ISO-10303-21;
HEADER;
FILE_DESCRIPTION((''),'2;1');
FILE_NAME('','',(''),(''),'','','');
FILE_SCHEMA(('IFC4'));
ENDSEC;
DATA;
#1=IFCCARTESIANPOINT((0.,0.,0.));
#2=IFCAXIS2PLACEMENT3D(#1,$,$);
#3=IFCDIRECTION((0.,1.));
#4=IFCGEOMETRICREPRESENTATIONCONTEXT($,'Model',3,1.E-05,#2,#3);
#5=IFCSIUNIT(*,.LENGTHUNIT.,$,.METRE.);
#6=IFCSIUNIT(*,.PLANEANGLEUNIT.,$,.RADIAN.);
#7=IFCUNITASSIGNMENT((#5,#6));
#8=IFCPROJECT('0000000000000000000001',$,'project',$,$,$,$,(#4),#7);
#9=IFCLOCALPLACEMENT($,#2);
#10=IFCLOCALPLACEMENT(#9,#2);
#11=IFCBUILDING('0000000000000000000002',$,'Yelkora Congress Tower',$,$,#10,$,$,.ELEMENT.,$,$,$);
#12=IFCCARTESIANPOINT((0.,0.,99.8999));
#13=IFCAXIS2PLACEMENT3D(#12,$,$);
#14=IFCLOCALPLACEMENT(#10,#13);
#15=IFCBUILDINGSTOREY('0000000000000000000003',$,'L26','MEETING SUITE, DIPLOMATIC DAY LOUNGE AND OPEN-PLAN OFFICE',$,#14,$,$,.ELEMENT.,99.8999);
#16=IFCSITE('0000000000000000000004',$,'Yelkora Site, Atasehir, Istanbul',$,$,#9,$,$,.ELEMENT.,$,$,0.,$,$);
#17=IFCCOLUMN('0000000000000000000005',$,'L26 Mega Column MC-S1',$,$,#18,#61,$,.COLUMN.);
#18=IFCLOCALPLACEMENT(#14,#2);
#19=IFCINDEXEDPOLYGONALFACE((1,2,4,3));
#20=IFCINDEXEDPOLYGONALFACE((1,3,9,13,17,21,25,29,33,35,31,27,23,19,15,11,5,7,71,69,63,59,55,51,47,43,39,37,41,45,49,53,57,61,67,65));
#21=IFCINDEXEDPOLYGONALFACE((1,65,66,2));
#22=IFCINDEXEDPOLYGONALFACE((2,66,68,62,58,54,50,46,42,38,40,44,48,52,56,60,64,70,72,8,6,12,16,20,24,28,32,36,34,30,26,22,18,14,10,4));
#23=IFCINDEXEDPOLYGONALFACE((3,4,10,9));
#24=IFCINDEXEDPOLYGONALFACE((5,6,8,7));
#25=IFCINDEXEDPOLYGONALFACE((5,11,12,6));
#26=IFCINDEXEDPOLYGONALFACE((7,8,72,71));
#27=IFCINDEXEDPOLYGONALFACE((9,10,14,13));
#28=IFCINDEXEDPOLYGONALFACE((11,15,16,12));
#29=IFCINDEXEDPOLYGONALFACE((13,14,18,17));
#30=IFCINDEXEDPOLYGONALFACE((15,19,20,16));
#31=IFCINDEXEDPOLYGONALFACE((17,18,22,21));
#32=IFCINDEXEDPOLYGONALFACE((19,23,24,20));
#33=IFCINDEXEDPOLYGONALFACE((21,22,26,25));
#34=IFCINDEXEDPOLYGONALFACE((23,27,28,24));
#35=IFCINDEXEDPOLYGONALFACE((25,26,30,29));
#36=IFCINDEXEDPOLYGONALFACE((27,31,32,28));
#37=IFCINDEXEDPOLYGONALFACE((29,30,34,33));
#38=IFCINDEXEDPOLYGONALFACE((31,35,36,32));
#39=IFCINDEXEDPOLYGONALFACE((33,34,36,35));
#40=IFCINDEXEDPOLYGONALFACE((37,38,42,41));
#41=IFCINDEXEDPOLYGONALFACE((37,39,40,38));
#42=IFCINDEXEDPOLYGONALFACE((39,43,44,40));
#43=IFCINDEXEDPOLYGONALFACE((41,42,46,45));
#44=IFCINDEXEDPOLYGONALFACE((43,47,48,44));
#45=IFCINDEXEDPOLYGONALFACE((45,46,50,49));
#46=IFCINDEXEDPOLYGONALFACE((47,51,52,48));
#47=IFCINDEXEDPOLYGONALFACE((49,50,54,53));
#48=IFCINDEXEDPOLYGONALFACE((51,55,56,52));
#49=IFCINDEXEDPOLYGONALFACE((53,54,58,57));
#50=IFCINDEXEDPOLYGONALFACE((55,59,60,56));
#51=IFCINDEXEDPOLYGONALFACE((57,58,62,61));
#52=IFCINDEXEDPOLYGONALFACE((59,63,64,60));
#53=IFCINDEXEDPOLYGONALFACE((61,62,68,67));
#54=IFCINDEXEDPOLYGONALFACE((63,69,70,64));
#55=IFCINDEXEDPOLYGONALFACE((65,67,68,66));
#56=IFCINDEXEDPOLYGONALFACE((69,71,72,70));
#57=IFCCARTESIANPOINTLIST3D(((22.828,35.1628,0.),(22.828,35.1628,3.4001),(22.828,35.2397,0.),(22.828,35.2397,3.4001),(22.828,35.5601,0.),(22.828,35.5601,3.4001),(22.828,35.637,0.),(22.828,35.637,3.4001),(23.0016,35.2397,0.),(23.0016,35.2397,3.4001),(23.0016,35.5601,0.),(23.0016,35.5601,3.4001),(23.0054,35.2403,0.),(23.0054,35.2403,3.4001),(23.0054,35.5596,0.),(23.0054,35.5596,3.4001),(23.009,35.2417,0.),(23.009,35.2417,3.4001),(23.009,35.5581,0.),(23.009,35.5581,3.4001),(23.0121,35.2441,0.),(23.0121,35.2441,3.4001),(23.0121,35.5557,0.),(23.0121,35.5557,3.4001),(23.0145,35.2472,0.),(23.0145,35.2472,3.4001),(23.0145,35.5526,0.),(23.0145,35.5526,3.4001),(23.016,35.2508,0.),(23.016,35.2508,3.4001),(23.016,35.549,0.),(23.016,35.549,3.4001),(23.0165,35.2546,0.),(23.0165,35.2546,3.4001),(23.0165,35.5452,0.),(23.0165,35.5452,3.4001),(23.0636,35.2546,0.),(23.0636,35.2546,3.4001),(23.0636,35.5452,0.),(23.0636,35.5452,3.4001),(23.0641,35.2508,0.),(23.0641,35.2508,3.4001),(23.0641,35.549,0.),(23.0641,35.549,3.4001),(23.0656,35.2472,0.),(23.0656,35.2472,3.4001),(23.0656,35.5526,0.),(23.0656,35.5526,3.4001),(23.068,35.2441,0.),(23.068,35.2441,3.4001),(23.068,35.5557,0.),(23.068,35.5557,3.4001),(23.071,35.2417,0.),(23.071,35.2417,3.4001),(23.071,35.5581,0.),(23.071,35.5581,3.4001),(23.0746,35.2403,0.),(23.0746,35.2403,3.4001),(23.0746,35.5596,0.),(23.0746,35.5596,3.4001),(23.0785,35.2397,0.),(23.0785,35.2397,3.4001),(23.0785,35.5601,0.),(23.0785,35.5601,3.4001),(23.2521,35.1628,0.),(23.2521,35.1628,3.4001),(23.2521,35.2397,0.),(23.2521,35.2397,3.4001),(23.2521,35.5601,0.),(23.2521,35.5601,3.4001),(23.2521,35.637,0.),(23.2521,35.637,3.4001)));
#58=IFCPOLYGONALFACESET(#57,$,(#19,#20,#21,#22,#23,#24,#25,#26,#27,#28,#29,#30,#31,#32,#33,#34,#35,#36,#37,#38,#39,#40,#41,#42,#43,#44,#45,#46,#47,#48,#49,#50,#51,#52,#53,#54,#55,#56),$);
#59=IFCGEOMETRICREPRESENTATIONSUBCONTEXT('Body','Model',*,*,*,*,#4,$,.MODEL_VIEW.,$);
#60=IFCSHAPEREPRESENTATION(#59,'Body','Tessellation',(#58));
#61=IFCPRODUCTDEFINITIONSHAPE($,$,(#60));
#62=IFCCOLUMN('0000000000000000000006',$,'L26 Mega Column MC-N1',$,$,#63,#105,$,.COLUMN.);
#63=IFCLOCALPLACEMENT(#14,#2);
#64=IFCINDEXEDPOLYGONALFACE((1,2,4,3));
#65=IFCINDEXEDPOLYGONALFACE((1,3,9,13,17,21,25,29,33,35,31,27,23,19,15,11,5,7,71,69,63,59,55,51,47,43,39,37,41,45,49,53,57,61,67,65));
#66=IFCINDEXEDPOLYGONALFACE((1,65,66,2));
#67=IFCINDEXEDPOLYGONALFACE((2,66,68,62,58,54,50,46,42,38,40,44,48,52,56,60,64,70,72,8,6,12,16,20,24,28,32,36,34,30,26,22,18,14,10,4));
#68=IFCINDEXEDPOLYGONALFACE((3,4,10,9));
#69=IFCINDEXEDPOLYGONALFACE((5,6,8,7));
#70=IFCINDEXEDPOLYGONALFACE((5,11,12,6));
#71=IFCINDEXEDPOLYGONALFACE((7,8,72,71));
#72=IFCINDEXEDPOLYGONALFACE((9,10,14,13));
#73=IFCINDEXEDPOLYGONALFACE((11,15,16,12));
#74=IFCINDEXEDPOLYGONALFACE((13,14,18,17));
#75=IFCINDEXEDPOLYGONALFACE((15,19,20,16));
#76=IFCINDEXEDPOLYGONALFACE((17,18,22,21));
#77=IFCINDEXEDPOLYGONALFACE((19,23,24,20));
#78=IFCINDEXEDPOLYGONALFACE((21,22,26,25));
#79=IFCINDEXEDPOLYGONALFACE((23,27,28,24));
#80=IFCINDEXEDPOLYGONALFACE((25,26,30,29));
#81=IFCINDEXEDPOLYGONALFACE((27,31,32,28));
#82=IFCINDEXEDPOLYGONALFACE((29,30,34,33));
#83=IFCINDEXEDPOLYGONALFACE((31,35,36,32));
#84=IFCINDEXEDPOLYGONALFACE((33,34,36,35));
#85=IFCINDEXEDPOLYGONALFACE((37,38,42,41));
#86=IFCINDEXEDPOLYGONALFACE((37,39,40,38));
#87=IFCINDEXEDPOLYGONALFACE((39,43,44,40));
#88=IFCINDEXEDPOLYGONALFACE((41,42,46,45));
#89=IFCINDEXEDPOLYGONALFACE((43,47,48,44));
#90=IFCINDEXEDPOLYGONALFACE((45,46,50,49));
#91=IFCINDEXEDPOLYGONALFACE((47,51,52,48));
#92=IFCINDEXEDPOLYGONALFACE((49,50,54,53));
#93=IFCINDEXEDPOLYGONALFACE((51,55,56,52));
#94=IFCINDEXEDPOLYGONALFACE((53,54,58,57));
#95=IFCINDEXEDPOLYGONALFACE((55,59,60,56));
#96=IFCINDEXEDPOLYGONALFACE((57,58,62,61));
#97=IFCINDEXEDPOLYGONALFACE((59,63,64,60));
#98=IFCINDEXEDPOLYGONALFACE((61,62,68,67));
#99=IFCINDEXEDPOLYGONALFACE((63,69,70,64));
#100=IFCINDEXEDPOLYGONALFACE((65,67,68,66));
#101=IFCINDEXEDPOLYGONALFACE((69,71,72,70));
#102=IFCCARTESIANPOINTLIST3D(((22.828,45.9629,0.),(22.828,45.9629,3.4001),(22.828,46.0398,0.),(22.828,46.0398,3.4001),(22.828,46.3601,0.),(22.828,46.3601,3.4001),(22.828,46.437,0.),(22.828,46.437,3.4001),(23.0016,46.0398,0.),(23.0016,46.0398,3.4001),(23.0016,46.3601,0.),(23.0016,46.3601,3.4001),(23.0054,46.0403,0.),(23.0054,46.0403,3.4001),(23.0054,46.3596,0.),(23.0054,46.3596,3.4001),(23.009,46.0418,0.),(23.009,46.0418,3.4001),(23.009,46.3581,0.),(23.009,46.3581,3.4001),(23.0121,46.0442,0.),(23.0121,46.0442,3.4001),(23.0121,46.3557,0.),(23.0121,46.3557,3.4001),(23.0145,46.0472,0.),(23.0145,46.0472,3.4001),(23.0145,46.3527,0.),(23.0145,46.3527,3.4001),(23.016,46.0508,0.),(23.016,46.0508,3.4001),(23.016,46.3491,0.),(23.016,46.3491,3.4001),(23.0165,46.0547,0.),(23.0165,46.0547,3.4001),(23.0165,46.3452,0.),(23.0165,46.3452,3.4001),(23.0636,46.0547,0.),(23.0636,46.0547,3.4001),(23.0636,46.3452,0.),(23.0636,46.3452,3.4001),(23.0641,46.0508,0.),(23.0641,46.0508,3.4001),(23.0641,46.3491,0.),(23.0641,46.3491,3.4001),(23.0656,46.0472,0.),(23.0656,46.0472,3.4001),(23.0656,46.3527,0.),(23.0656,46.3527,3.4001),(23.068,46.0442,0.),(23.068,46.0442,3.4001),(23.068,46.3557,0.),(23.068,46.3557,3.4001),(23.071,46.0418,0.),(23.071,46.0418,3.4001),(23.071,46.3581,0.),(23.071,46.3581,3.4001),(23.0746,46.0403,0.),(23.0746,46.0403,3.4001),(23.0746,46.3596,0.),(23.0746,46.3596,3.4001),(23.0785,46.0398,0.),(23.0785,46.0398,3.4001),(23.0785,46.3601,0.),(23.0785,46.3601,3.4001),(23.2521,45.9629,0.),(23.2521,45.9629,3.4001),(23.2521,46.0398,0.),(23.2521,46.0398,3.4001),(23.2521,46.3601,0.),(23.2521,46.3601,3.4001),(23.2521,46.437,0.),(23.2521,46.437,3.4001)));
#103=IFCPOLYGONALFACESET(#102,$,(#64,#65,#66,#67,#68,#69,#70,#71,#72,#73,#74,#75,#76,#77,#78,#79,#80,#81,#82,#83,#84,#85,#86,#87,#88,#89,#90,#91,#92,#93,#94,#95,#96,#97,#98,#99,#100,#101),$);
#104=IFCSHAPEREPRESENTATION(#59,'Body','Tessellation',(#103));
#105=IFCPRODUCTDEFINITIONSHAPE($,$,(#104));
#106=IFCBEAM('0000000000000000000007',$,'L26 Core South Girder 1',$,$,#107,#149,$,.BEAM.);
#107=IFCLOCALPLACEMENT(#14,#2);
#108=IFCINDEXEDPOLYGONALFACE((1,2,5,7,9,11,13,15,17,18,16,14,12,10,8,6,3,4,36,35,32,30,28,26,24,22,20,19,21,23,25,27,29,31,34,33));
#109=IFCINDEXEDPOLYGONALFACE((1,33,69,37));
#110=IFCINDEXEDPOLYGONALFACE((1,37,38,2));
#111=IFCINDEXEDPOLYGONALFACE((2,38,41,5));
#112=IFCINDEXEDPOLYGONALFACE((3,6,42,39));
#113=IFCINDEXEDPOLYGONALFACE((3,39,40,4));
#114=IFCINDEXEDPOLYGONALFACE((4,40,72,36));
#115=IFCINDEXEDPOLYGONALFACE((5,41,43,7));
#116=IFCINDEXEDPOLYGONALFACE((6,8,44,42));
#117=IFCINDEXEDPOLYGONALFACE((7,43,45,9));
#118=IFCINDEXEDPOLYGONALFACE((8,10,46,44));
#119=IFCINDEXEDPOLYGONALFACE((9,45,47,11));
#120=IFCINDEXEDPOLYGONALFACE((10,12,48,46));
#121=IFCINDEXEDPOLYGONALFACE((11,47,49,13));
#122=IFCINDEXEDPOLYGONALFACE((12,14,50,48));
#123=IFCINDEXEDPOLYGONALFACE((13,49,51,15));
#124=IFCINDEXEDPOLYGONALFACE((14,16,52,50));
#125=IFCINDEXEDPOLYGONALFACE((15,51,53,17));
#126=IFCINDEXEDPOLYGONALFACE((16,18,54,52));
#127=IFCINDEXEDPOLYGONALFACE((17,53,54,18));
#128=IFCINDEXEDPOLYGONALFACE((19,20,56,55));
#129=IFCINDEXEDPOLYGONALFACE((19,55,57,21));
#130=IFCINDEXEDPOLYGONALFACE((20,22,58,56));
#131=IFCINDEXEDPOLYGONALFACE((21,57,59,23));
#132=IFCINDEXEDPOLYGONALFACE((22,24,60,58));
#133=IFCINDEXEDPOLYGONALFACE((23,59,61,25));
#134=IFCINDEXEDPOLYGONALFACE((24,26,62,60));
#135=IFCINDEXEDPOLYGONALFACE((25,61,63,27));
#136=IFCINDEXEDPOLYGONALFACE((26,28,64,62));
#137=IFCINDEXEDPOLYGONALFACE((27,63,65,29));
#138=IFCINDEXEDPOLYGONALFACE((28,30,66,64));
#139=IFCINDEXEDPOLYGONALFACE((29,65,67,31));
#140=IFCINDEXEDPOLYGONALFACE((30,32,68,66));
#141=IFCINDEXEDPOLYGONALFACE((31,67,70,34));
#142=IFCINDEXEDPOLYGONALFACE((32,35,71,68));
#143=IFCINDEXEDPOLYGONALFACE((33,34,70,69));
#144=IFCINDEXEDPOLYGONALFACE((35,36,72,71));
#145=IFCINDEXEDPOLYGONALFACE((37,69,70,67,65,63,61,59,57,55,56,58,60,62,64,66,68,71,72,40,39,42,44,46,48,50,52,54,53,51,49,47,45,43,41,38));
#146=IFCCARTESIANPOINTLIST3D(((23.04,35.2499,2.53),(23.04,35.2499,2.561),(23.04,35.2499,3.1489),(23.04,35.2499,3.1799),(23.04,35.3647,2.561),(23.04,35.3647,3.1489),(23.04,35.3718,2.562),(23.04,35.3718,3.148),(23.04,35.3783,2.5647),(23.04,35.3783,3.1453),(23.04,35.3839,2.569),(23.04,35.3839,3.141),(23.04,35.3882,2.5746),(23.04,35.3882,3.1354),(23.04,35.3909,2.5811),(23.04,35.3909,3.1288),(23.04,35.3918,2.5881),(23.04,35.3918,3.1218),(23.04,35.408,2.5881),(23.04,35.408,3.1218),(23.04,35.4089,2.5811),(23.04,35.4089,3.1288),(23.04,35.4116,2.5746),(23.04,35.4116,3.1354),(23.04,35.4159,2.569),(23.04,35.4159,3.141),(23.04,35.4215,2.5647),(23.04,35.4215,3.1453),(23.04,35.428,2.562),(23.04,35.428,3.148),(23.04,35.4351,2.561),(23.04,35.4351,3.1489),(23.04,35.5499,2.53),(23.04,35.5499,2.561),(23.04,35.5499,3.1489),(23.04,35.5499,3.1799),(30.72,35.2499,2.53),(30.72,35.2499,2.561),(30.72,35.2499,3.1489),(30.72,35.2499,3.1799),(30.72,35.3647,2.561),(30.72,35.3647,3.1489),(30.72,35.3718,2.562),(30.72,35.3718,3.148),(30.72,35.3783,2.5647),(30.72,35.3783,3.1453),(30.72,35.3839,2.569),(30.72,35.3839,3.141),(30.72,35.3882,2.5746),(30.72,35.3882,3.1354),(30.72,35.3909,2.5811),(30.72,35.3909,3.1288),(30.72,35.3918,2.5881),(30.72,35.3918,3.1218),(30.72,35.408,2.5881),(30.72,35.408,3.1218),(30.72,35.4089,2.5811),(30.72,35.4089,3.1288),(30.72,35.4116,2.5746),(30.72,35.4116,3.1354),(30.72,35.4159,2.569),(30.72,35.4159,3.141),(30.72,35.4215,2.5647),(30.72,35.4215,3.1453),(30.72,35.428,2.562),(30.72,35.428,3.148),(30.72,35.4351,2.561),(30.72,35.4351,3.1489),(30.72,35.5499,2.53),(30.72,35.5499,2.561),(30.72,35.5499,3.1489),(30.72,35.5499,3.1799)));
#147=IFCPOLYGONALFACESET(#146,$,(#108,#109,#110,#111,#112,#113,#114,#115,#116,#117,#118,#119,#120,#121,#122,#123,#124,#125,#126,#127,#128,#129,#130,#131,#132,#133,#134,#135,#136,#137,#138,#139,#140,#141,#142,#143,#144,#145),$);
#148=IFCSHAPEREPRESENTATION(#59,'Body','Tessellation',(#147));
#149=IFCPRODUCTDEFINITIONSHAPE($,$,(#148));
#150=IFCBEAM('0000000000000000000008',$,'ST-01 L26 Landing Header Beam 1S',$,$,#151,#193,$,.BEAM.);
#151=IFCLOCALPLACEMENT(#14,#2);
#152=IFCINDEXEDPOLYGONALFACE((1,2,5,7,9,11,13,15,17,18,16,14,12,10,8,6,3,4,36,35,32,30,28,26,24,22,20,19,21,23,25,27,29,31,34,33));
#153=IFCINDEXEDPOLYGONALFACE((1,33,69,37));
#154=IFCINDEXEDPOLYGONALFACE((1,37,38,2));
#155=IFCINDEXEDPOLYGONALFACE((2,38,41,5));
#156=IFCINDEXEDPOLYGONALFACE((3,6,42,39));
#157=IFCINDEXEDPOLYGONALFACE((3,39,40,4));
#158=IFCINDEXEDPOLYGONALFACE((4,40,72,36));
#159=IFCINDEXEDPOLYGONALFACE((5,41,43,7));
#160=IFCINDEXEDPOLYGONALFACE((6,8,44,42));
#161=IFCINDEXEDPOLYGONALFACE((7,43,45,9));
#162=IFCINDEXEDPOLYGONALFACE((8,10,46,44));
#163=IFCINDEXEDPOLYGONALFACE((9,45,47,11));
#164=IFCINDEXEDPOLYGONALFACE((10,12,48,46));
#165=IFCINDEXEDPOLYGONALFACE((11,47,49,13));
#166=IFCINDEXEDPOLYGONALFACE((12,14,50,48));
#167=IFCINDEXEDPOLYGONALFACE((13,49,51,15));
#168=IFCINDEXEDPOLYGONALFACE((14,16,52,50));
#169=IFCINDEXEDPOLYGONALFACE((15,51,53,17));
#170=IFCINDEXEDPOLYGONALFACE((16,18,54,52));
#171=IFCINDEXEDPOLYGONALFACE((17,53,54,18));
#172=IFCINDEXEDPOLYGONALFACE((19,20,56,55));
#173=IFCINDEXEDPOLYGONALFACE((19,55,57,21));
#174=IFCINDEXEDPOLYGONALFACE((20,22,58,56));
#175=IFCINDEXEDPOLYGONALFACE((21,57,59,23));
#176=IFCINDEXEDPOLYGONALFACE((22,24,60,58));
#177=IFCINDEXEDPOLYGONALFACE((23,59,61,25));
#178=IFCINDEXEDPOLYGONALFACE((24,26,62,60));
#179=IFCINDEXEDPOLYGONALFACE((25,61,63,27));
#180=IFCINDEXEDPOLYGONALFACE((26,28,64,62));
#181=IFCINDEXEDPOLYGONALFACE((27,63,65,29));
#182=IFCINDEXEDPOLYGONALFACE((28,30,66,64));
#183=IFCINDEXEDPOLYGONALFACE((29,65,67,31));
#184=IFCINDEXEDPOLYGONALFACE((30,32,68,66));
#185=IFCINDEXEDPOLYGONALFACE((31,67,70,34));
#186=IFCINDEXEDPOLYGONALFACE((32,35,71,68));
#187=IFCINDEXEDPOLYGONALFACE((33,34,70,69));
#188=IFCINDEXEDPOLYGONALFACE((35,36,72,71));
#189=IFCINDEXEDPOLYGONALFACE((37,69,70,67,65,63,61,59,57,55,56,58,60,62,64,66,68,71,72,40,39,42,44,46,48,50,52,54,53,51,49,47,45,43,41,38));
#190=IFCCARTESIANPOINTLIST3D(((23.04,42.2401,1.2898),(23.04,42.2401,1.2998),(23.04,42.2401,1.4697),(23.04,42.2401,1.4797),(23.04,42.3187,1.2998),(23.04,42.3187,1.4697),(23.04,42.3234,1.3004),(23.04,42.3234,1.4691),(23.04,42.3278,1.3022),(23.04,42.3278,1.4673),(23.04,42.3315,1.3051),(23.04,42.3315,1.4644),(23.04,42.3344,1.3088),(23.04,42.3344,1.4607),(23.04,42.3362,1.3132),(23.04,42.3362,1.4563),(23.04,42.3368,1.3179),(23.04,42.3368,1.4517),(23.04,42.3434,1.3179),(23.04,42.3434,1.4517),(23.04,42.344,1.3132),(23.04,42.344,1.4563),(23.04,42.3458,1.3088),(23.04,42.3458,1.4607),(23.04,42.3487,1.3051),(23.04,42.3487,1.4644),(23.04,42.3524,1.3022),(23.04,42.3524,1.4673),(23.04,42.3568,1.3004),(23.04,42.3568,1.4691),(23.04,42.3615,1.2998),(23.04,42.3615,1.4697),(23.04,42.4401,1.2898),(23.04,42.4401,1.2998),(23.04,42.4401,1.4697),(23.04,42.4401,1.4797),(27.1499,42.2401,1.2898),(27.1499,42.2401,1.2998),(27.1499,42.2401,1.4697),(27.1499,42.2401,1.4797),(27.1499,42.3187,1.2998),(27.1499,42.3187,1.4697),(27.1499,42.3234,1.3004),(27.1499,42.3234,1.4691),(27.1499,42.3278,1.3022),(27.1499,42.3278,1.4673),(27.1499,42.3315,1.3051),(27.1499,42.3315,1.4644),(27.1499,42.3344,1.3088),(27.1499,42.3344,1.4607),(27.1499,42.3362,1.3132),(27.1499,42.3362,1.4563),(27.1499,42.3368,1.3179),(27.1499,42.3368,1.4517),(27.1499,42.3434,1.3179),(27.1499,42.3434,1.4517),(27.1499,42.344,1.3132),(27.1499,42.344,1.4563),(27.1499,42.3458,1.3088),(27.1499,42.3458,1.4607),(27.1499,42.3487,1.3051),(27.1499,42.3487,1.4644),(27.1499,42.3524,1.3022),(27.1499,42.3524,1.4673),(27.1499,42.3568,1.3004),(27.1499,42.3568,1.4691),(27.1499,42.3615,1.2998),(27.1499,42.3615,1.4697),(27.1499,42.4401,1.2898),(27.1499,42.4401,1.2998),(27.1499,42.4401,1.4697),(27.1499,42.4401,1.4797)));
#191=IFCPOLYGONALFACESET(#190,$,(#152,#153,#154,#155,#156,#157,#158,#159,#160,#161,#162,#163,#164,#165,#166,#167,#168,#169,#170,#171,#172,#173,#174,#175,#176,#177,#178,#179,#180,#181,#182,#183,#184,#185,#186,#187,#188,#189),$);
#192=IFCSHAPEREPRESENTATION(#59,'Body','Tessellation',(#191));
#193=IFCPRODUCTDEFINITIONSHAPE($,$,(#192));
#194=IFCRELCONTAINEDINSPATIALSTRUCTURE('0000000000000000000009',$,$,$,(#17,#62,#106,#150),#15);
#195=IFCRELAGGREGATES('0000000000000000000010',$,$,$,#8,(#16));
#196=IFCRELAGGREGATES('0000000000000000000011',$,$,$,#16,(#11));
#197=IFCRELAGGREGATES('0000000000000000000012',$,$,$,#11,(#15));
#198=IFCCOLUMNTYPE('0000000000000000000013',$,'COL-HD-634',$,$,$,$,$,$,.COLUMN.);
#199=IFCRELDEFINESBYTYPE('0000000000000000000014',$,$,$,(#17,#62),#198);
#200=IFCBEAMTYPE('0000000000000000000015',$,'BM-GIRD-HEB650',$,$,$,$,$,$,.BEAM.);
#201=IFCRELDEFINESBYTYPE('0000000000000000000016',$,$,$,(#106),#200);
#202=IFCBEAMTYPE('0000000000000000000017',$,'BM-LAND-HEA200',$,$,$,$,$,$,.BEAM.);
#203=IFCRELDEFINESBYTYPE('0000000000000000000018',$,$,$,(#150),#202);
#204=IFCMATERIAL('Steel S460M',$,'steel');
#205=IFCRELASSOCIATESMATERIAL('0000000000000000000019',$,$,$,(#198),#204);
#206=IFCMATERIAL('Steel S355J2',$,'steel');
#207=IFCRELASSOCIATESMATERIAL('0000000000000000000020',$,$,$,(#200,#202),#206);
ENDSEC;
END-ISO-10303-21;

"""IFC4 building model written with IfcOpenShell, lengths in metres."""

from ifc_helpers import new_model, si_unit, direction, frame, origin, origin_2d, place, context, subcontext, project, spatial, i_section, extrude, material, material_profile, profile_set, type_object, element, save


model = new_model("IFC4")

# Units and contexts
model_context = context("Model", 3, precision=1e-05, world=origin(), true_north=direction((0.0, 1.0)))
body_context = subcontext(model_context, "Body", "Model", "MODEL_VIEW")
ifc_project = project(units=[si_unit("LENGTHUNIT", "METRE"), si_unit("PLANEANGLEUNIT", "RADIAN")], contexts=[model_context])

# Site, building, storey
site_placement = place(None, origin())
site = spatial("IfcSite", under=ifc_project, at=site_placement, Name="Yelkora Site, Atasehir, Istanbul", CompositionType="ELEMENT", RefElevation=0.0)
building_placement = place(site_placement, origin())
building = spatial("IfcBuilding", under=site, at=building_placement, Name="Yelkora Congress Tower", CompositionType="ELEMENT")
storey_placement = place(building_placement, frame((0.0, 0.0, 99.8999)))
storey = spatial("IfcBuildingStorey", under=building, at=storey_placement, Name="L26", Description="MEETING SUITE, DIPLOMATIC DAY LOUNGE AND OPEN-PLAN OFFICE", CompositionType="ELEMENT", Elevation=99.8999)

# Columns
ifc_material_1 = material(Name="Steel S460M", Category="steel")
ifc_material_profile_1 = material_profile(ifc_material_1, i_section(OverallWidth=0.4241, OverallDepth=0.4741, WebThickness=0.0471, FlangeThickness=0.0769, FilletRadius=0.0149, at=origin_2d()), Name="HD 400x634")
ifc_profile_set_1 = profile_set([ifc_material_profile_1], Name="Steel S460M")
column_type = type_object("IfcColumnType", Name="COL-HD-634", PredefinedType="COLUMN", material=ifc_profile_set_1)
for number, where, z_axis, x_axis, name in (
    (1, (23.04, 35.3999, 0.0), (0.0, 0.0, 1.0), (1.0, 0.0, 0.0), "L26 Mega Column MC-S1"),
    (2, (23.04, 46.2, 0.0), (0.0, 0.0, 1.0), (1.0, 0.0, 0.0), "L26 Mega Column MC-N1"),
):
    element("IfcColumn", number, at=place(storey_placement, frame(where, z_axis=z_axis, x_axis=x_axis)), inside=storey, type_object=column_type, Name=name, PredefinedType="COLUMN", context=body_context, shape_type="SweptSolid", body=[
        extrude(i_section(OverallWidth=0.4241, OverallDepth=0.4741, WebThickness=0.0471, FlangeThickness=0.0769, FilletRadius=0.0149, at=origin_2d()), origin(), (0.0, 0.0, 1.0), 3.4001),
    ])

# Beams
ifc_material_2 = material(Name="Steel S355J2", Category="steel")
ifc_material_profile_2 = material_profile(ifc_material_2, i_section(OverallWidth=0.3, OverallDepth=0.6499, WebThickness=0.0161, FlangeThickness=0.031, FilletRadius=0.0271, at=origin_2d()), Name="HEB 650")
ifc_profile_set_2 = profile_set([ifc_material_profile_2], Name="Steel S355J2")
beam_type_1 = type_object("IfcBeamType", Name="BM-GIRD-HEB650", PredefinedType="BEAM", material=ifc_profile_set_2)
beam_1_placement = place(storey_placement, frame((23.04, 35.3999, 2.855), z_axis=(1.0, 0.0, 0.0), x_axis=(0.0, 1.0, 0.0)))
element("IfcBeam", 3, at=beam_1_placement, inside=storey, type_object=beam_type_1, Name="L26 Core South Girder 1", PredefinedType="BEAM", context=body_context, shape_type="SweptSolid", body=[
    extrude(i_section(OverallWidth=0.3, OverallDepth=0.6499, WebThickness=0.0161, FlangeThickness=0.031, FilletRadius=0.0271, at=origin_2d()), origin(), (0.0, 0.0, 1.0), 7.6799),
])
ifc_material_profile_3 = material_profile(ifc_material_2, i_section(OverallWidth=0.2, OverallDepth=0.1899, WebThickness=0.0066, FlangeThickness=0.01, FilletRadius=0.0181, at=origin_2d()), Name="HEA 200")
ifc_profile_set_3 = profile_set([ifc_material_profile_3], Name="Steel S355J2")
beam_type_2 = type_object("IfcBeamType", Name="BM-LAND-HEA200", PredefinedType="BEAM", material=ifc_profile_set_3)
for number, where, z_axis, x_axis, name in (
    (4, (23.04, 42.3401, 1.3848), (1.0, 0.0, 0.0), (0.0, 1.0, 0.0), "ST-01 L26 Landing Header Beam 1S"),
):
    element("IfcBeam", number, at=place(storey_placement, frame(where, z_axis=z_axis, x_axis=x_axis)), inside=storey, type_object=beam_type_2, Name=name, PredefinedType="BEAM", context=body_context, shape_type="SweptSolid", body=[
        extrude(i_section(OverallWidth=0.2, OverallDepth=0.1899, WebThickness=0.0066, FlangeThickness=0.01, FilletRadius=0.0181, at=origin_2d()), origin(), (0.0, 0.0, 1.0), 4.1099),
    ])

save(model, "model.ifc")
